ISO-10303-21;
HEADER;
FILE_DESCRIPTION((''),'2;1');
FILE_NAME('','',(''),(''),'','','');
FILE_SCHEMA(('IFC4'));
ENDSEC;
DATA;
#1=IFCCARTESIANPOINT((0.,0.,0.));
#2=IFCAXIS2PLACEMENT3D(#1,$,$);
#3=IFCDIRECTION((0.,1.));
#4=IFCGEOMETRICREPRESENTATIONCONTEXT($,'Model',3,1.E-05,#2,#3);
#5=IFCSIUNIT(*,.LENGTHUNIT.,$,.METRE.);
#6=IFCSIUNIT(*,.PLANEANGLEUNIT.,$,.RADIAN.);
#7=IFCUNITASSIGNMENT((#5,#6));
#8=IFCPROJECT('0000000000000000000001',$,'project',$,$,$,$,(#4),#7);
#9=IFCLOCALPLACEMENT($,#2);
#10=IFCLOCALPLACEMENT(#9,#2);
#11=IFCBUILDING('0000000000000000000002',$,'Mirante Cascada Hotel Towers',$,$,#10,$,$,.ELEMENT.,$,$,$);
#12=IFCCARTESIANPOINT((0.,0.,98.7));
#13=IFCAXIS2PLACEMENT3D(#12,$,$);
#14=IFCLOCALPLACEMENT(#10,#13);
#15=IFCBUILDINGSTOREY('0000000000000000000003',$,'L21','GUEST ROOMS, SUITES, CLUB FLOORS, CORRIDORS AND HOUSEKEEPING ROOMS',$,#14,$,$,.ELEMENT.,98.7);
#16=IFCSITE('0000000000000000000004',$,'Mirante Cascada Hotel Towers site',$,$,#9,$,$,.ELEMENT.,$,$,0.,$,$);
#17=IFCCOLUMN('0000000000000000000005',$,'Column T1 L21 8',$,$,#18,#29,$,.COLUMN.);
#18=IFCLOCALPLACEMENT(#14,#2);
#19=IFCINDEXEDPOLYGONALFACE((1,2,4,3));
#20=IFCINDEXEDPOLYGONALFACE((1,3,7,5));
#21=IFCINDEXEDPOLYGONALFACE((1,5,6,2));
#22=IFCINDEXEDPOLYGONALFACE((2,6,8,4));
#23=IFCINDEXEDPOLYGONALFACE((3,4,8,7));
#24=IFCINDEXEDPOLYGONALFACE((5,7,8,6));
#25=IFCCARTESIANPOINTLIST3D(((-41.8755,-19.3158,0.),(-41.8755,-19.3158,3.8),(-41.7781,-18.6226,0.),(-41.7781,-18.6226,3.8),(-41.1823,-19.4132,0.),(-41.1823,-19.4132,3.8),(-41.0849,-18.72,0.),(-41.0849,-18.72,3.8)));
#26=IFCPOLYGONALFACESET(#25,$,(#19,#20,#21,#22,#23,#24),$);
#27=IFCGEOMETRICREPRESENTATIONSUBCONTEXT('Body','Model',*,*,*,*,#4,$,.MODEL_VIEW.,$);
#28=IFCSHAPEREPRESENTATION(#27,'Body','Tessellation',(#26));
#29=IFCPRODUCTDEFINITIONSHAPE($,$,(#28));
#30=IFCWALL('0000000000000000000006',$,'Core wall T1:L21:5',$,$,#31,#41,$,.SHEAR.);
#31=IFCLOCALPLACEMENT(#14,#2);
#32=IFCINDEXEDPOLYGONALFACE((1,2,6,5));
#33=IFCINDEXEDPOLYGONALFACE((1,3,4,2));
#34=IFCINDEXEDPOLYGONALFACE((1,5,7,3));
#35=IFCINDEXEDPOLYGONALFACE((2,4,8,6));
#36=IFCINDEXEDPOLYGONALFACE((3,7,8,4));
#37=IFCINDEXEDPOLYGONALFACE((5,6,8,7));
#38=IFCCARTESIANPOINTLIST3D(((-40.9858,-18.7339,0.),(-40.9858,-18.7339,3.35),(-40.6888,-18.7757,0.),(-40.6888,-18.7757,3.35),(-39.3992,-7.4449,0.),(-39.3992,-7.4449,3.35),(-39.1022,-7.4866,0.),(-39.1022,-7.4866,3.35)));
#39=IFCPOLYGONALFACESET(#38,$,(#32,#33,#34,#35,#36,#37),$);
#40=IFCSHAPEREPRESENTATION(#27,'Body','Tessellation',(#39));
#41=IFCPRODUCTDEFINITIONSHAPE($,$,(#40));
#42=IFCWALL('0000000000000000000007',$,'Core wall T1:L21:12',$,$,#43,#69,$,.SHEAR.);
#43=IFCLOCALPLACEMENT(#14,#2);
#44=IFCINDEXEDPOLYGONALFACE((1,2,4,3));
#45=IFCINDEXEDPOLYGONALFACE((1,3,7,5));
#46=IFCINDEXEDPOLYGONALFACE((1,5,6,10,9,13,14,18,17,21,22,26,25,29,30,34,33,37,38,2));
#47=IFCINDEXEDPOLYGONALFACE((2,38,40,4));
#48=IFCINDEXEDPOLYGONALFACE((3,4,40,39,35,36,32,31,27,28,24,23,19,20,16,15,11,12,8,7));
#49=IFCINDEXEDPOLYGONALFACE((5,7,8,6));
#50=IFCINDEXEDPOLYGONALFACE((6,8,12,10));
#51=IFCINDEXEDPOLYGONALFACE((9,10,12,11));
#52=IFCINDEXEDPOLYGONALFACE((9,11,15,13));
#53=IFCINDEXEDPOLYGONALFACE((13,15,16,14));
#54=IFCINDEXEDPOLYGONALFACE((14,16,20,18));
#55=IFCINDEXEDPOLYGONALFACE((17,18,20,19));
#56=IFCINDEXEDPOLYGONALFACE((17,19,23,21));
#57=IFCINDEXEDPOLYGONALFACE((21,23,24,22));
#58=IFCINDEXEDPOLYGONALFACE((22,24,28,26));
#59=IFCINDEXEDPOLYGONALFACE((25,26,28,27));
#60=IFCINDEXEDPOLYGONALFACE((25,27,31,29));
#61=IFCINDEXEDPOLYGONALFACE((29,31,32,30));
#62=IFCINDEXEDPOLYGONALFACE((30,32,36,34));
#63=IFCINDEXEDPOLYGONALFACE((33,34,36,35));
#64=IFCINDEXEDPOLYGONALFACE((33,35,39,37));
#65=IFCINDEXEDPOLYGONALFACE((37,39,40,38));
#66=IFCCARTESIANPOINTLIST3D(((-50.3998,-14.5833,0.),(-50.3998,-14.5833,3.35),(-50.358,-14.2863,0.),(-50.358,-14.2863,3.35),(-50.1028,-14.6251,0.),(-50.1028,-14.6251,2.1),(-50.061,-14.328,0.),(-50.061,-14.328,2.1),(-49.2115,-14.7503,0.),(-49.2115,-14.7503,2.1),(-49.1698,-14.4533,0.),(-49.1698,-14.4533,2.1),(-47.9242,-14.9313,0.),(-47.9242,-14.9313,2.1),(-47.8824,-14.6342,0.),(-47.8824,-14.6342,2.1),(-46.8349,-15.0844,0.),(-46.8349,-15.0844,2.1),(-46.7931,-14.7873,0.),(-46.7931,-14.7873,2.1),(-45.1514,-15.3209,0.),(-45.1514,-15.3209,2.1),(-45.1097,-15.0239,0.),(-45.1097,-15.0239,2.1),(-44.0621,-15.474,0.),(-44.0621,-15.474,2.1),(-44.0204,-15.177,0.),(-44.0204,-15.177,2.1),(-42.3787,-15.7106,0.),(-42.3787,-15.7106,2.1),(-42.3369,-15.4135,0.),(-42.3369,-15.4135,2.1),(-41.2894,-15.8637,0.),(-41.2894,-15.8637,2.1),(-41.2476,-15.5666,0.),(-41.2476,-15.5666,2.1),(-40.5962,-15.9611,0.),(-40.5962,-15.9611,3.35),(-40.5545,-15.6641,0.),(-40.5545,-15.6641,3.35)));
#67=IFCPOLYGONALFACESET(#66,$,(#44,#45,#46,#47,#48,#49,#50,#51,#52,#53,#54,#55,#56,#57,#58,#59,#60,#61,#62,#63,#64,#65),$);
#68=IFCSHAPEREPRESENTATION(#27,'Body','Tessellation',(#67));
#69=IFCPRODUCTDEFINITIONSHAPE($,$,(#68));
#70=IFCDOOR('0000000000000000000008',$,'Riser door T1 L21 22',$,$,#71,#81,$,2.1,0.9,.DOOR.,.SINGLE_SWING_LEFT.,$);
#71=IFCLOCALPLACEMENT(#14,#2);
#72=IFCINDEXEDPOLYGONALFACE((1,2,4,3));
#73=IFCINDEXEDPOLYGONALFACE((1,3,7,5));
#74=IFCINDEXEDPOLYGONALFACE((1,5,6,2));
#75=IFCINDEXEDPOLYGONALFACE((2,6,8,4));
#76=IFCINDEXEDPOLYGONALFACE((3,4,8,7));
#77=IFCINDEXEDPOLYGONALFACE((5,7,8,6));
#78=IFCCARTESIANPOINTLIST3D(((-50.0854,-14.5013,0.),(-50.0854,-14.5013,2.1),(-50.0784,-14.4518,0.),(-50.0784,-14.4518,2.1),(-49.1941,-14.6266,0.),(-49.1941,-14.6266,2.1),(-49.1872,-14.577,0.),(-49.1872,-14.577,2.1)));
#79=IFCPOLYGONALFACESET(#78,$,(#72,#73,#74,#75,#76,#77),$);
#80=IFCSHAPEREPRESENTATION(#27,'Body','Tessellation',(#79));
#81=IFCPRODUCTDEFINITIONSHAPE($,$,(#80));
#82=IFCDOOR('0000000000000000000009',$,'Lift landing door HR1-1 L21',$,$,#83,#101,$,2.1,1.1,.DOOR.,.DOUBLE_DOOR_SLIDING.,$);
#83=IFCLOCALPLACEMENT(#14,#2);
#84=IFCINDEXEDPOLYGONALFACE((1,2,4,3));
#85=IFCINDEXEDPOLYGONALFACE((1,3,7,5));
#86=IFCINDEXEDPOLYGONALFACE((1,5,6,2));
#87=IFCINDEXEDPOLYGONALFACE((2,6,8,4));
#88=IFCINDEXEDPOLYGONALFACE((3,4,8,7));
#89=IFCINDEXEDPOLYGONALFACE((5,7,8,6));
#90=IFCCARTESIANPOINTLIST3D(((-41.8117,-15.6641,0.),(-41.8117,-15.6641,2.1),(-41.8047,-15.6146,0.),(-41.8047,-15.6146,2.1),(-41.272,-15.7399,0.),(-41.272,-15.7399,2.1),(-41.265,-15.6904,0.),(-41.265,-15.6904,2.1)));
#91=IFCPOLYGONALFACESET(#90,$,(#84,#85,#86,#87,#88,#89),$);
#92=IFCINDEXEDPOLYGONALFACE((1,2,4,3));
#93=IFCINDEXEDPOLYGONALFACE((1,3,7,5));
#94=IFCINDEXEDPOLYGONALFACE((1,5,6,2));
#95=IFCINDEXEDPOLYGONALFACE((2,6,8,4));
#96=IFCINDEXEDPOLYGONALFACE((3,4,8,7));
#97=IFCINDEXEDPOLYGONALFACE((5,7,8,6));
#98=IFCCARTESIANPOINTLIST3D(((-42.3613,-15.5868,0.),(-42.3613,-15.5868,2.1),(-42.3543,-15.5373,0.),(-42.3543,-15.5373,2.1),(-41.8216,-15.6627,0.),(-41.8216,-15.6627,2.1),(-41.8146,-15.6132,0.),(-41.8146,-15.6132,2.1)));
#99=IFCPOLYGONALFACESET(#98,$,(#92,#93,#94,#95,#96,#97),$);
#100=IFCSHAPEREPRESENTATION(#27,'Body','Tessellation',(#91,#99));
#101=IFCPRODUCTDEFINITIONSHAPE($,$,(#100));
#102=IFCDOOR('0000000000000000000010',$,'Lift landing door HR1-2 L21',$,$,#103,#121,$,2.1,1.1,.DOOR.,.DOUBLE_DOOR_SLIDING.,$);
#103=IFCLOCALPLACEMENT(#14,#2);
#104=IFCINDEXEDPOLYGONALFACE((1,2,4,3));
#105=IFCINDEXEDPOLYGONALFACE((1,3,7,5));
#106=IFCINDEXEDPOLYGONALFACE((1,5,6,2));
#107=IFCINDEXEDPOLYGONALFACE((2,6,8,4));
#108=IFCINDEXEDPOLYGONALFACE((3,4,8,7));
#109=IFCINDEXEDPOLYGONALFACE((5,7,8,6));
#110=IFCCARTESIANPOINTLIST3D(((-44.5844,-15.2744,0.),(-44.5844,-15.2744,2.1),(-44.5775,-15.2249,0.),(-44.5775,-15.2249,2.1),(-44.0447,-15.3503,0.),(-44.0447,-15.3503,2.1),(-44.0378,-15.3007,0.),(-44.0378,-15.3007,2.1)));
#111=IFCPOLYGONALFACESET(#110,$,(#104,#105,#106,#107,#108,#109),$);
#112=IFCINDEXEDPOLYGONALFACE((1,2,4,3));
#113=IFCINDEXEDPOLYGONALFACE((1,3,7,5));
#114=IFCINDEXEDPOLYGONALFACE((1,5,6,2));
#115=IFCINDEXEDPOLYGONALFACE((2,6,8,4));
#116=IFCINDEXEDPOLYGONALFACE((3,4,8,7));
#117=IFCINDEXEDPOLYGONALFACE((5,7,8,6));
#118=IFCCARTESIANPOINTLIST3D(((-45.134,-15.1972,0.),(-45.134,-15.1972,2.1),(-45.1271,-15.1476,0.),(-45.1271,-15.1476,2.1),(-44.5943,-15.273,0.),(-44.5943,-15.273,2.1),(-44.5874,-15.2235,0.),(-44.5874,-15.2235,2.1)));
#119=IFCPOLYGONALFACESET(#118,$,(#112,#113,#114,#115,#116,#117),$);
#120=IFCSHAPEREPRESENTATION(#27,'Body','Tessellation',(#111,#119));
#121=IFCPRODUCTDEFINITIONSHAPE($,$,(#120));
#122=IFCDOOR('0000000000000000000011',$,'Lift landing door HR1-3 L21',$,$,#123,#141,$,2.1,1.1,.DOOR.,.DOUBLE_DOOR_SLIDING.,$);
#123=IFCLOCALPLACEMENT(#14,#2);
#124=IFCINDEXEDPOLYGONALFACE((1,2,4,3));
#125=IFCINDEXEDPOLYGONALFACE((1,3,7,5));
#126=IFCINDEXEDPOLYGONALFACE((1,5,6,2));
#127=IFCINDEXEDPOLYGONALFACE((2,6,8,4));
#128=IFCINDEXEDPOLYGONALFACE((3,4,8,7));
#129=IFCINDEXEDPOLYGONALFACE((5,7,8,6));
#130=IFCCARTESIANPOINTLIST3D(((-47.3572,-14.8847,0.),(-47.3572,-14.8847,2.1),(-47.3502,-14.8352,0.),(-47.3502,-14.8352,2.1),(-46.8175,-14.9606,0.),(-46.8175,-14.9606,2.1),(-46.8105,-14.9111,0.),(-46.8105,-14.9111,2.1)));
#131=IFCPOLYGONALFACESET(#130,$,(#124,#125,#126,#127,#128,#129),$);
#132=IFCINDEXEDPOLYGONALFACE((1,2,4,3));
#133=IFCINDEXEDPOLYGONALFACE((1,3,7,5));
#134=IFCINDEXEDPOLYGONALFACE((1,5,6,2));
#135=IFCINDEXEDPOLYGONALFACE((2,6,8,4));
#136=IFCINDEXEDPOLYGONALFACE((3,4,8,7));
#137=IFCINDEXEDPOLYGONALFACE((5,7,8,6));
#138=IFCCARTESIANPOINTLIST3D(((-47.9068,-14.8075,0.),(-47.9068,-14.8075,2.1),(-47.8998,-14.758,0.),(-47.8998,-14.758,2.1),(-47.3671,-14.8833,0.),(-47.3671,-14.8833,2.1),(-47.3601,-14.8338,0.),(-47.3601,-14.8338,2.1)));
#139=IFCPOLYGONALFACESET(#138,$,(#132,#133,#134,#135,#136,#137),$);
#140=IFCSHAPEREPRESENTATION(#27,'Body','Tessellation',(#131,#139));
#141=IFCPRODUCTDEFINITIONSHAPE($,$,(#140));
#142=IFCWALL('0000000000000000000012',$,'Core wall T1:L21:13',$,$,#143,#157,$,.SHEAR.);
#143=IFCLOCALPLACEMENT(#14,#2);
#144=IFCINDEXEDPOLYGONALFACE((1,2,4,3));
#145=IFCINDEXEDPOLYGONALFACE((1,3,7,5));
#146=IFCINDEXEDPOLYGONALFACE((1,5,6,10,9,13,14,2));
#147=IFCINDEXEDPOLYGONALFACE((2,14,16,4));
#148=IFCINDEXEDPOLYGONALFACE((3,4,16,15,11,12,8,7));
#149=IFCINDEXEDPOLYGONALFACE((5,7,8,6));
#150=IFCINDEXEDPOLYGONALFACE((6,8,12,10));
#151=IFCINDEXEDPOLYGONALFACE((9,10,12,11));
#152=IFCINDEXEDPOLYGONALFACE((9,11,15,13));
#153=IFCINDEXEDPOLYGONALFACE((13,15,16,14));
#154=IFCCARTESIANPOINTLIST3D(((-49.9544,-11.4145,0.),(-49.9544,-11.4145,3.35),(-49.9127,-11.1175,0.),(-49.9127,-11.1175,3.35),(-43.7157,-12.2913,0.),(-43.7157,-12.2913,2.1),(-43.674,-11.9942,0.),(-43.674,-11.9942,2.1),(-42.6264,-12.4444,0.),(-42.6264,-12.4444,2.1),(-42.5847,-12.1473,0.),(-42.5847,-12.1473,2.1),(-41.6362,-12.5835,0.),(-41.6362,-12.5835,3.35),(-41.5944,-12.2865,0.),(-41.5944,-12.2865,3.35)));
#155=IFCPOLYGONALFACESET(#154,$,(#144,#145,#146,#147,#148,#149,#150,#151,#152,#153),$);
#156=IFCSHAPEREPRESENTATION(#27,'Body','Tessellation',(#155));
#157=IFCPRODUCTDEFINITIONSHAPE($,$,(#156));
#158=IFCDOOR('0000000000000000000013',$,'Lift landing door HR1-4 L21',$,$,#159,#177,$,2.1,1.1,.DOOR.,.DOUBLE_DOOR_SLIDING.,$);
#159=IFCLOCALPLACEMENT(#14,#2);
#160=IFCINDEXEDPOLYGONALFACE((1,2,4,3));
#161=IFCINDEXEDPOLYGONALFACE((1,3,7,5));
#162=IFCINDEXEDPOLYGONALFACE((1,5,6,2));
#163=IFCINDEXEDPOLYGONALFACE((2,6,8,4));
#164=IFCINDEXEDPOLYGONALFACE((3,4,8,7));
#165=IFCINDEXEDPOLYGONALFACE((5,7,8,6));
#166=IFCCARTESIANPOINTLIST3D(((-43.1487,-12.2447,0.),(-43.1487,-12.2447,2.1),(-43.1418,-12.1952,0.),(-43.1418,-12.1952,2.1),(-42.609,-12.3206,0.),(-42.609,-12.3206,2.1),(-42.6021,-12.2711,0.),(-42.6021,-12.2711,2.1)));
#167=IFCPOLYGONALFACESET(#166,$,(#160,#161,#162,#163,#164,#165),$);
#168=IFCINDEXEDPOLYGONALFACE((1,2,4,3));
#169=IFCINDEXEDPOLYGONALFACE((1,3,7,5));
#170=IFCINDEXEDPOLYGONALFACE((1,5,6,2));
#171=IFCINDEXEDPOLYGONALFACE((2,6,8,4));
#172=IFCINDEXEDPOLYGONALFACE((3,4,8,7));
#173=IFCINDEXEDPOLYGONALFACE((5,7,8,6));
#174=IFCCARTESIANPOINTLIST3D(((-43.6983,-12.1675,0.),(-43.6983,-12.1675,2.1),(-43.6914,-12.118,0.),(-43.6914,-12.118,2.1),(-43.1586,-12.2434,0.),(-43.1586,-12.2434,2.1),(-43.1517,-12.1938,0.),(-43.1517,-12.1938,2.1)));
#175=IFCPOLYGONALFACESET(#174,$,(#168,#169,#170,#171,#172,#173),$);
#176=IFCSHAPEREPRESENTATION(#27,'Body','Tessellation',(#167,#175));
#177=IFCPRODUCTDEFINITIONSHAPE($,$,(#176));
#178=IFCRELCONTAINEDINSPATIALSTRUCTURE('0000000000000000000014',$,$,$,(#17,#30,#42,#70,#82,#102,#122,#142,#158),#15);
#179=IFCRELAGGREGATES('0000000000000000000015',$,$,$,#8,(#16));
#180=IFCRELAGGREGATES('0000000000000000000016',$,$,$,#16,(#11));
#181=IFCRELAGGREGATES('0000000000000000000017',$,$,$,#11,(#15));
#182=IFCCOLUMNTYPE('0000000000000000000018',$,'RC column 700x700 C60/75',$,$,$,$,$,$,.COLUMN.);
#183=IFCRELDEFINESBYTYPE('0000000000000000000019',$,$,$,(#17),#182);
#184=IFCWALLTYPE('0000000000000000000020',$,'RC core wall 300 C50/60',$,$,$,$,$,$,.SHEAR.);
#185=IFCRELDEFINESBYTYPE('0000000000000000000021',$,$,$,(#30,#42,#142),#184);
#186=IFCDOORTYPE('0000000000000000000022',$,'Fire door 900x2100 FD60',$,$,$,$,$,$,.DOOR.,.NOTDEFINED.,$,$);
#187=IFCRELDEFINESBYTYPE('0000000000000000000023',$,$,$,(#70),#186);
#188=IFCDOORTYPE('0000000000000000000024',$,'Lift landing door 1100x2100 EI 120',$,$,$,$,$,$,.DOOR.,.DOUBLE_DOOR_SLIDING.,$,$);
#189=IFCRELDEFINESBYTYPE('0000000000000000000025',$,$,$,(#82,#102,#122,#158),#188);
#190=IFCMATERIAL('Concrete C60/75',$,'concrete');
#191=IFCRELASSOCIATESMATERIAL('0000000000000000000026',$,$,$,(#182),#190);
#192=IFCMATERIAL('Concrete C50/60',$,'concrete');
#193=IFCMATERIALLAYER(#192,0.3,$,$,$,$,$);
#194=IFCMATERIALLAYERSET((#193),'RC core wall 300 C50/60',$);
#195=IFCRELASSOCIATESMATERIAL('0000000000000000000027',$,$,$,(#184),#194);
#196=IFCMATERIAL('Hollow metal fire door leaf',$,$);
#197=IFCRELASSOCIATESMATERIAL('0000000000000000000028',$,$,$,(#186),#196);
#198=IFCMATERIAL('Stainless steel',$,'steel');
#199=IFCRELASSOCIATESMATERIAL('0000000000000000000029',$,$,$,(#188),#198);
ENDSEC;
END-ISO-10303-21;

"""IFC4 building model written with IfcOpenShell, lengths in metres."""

from ifc_helpers import new_model, si_unit, direction, frame, frame_2d, origin, origin_2d, place, context, subcontext, project, spatial, rectangle, extrude, material, layer, layer_set, material_profile, profile_set, type_object, element, fill, save


model = new_model("IFC4")

# Units and contexts
model_context = context("Model", 3, precision=1e-05, world=origin(), true_north=direction((0.0, 1.0)))
body_context = subcontext(model_context, "Body", "Model", "MODEL_VIEW")
ifc_project = project(units=[si_unit("LENGTHUNIT", "METRE"), si_unit("PLANEANGLEUNIT", "RADIAN")], contexts=[model_context])

# Site, building, storey
site_placement = place(None, origin())
site = spatial("IfcSite", under=ifc_project, at=site_placement, Name="Mirante Cascada Hotel Towers site", CompositionType="ELEMENT", RefElevation=0.0)
building_placement = place(site_placement, origin())
building = spatial("IfcBuilding", under=site, at=building_placement, Name="Mirante Cascada Hotel Towers", CompositionType="ELEMENT")
storey_placement = place(building_placement, frame((0.0, 0.0, 98.7)))
storey = spatial("IfcBuildingStorey", under=building, at=storey_placement, Name="L21", Description="GUEST ROOMS, SUITES, CLUB FLOORS, CORRIDORS AND HOUSEKEEPING ROOMS", CompositionType="ELEMENT", Elevation=98.7)

# Column
ifc_material_1 = material(Name="Concrete C60/75", Category="concrete")
ifc_material_profile = material_profile(ifc_material_1, rectangle(XDim=0.7, YDim=0.7, at=origin_2d()), Name="RC column 700x700 C60/75")
ifc_profile_set = profile_set([ifc_material_profile], Name="Concrete C60/75")
column_type = type_object("IfcColumnType", Name="RC column 700x700 C60/75", PredefinedType="COLUMN", material=ifc_profile_set)
column_placement = place(storey_placement, frame((-41.4802, -19.0179, 0.0), z_axis=(0.0, 0.0, 1.0), x_axis=(-0.990268, 0.139173, 0.0)))
element("IfcColumn", 1, at=column_placement, inside=storey, type_object=column_type, Name="Column T1 L21 8", PredefinedType="COLUMN", context=body_context, shape_type="SweptSolid", body=[
    extrude(rectangle(XDim=0.7, YDim=0.7, at=origin_2d()), origin(), (0.0, 0.0, 1.0), 3.8),
])

# Wall
ifc_material_2 = material(Name="Concrete C50/60", Category="concrete")
ifc_layer_1 = layer(ifc_material_2, 0.3)
ifc_layer_set_1 = layer_set([ifc_layer_1], Name="RC core wall 300 C50/60")
wall_type_1 = type_object("IfcWallType", Name="RC core wall 300 C50/60", PredefinedType="SHEAR", material=ifc_layer_set_1)
wall_1_placement = place(storey_placement, frame((-40.8373, -18.7548, 0.0), z_axis=(0.0, 0.0, 1.0), x_axis=(0.139175, 0.990268, 0.0)))
element("IfcWall", 2, at=wall_1_placement, inside=storey, type_object=wall_type_1, Name="Core wall T1:L21:5", PredefinedType="SHEAR", context=body_context, shape_type="SweptSolid", body=[
    extrude(rectangle(XDim=11.4, YDim=0.3, at=frame_2d((5.7, 0.0))), origin(), (0.0, 0.0, 1.0), 3.35),
])

# Wall, openings, doors
wall_2_placement = place(storey_placement, frame((-40.5753, -15.8126, 0.0), z_axis=(0.0, 0.0, 1.0), x_axis=(-0.990268, 0.139173, 0.0)))
wall_2 = element("IfcWall", 3, at=wall_2_placement, inside=storey, type_object=wall_type_1, Name="Core wall T1:L21:12", PredefinedType="SHEAR", context=body_context, shape_type="SweptSolid", body=[
    extrude(rectangle(XDim=9.8999, YDim=0.3, at=frame_2d((4.95, 0.0))), origin(), (0.0, 0.0, 1.0), 3.35),
])
opening_1_placement = place(wall_2_placement, frame((0.7, 0.0, 0.0)))
opening_1 = element("IfcOpeningElement", 4, at=opening_1_placement, cuts=wall_2, PredefinedType="OPENING", context=body_context, shape_type="SweptSolid", body=[
    extrude(rectangle(XDim=1.1, YDim=2.1, at=frame_2d((0.55, 1.05))), frame((0.0, 0.15, 0.0), z_axis=(0.0, -1.0, 0.0), x_axis=(1.0, 0.0, 0.0)), (0.0, 0.0, 1.0), 0.3),
])
opening_2_placement = place(wall_2_placement, frame((3.5, 0.0, 0.0)))
opening_2 = element("IfcOpeningElement", 5, at=opening_2_placement, cuts=wall_2, PredefinedType="OPENING", context=body_context, shape_type="SweptSolid", body=[
    extrude(rectangle(XDim=1.1, YDim=2.1, at=frame_2d((0.55, 1.05))), frame((0.0, 0.15, 0.0), z_axis=(0.0, -1.0, 0.0), x_axis=(1.0, 0.0, 0.0)), (0.0, 0.0, 1.0), 0.3),
])
opening_3_placement = place(wall_2_placement, frame((6.3, 0.0, 0.0)))
opening_3 = element("IfcOpeningElement", 6, at=opening_3_placement, cuts=wall_2, PredefinedType="OPENING", context=body_context, shape_type="SweptSolid", body=[
    extrude(rectangle(XDim=1.1, YDim=2.1, at=frame_2d((0.55, 1.05))), frame((0.0, 0.15, 0.0), z_axis=(0.0, -1.0, 0.0), x_axis=(1.0, 0.0, 0.0)), (0.0, 0.0, 1.0), 0.3),
])
opening_4_placement = place(wall_2_placement, frame((8.7, 0.0, 0.0)))
opening_4 = element("IfcOpeningElement", 7, at=opening_4_placement, cuts=wall_2, PredefinedType="OPENING", context=body_context, shape_type="SweptSolid", body=[
    extrude(rectangle(XDim=0.9, YDim=2.1, at=frame_2d((0.45, 1.05))), frame((0.0, 0.15, 0.0), z_axis=(0.0, -1.0, 0.0), x_axis=(1.0, 0.0, 0.0)), (0.0, 0.0, 1.0), 0.3),
])
ifc_material_3 = material(Name="Hollow metal fire door leaf")
door_type_1 = type_object("IfcDoorType", Name="Fire door 900x2100 FD60", OperationType="NOTDEFINED", PredefinedType="DOOR", material=ifc_material_3)
door_1_placement = place(opening_4_placement, origin())
door_1 = element("IfcDoor", 8, at=door_1_placement, inside=storey, type_object=door_type_1, Name="Riser door T1 L21 22", OperationType="SINGLE_SWING_LEFT", OverallHeight=2.1, OverallWidth=0.9, PredefinedType="DOOR", context=body_context, shape_type="SweptSolid", body=[
    extrude(rectangle(XDim=0.9, YDim=2.1, at=frame_2d((0.45, 1.05))), frame((0.0, 0.025, 0.0), z_axis=(0.0, -1.0, 0.0), x_axis=(1.0, 0.0, 0.0)), (0.0, 0.0, 1.0), 0.05),
])
fill(opening_4, door_1)
ifc_material_4 = material(Name="Stainless steel", Category="steel")
door_type_2 = type_object("IfcDoorType", Name="Lift landing door 1100x2100 EI 120", OperationType="DOUBLE_DOOR_SLIDING", PredefinedType="DOOR", material=ifc_material_4)
door_2_placement = place(opening_1_placement, origin())
door_2 = element("IfcDoor", 9, at=door_2_placement, inside=storey, type_object=door_type_2, Name="Lift landing door HR1-1 L21", OperationType="DOUBLE_DOOR_SLIDING", OverallHeight=2.1, OverallWidth=1.1, PredefinedType="DOOR", context=body_context, shape_type="SweptSolid", body=[
    extrude(rectangle(XDim=0.545, YDim=2.1, at=frame_2d((0.2725, 1.05))), frame((0.0, 0.025, 0.0), z_axis=(0.0, -1.0, 0.0), x_axis=(1.0, 0.0, 0.0)), (0.0, 0.0, 1.0), 0.05),
    extrude(rectangle(XDim=0.545, YDim=2.1, at=frame_2d((0.8275, 1.05))), frame((0.0, 0.025, 0.0), z_axis=(0.0, -1.0, 0.0), x_axis=(1.0, 0.0, 0.0)), (0.0, 0.0, 1.0), 0.05),
])
fill(opening_1, door_2)
door_3_placement = place(opening_2_placement, origin())
door_3 = element("IfcDoor", 10, at=door_3_placement, inside=storey, type_object=door_type_2, Name="Lift landing door HR1-2 L21", OperationType="DOUBLE_DOOR_SLIDING", OverallHeight=2.1, OverallWidth=1.1, PredefinedType="DOOR", context=body_context, shape_type="SweptSolid", body=[
    extrude(rectangle(XDim=0.545, YDim=2.1, at=frame_2d((0.2725, 1.05))), frame((0.0, 0.025, 0.0), z_axis=(0.0, -1.0, 0.0), x_axis=(1.0, 0.0, 0.0)), (0.0, 0.0, 1.0), 0.05),
    extrude(rectangle(XDim=0.545, YDim=2.1, at=frame_2d((0.8275, 1.05))), frame((0.0, 0.025, 0.0), z_axis=(0.0, -1.0, 0.0), x_axis=(1.0, 0.0, 0.0)), (0.0, 0.0, 1.0), 0.05),
])
fill(opening_2, door_3)
door_4_placement = place(opening_3_placement, origin())
door_4 = element("IfcDoor", 11, at=door_4_placement, inside=storey, type_object=door_type_2, Name="Lift landing door HR1-3 L21", OperationType="DOUBLE_DOOR_SLIDING", OverallHeight=2.1, OverallWidth=1.1, PredefinedType="DOOR", context=body_context, shape_type="SweptSolid", body=[
    extrude(rectangle(XDim=0.545, YDim=2.1, at=frame_2d((0.2725, 1.05))), frame((0.0, 0.025, 0.0), z_axis=(0.0, -1.0, 0.0), x_axis=(1.0, 0.0, 0.0)), (0.0, 0.0, 1.0), 0.05),
    extrude(rectangle(XDim=0.545, YDim=2.1, at=frame_2d((0.8275, 1.05))), frame((0.0, 0.025, 0.0), z_axis=(0.0, -1.0, 0.0), x_axis=(1.0, 0.0, 0.0)), (0.0, 0.0, 1.0), 0.05),
])
fill(opening_3, door_4)

# Wall, opening, door
wall_3_placement = place(storey_placement, frame((-41.6153, -12.435, 0.0), z_axis=(0.0, 0.0, 1.0), x_axis=(-0.990269, 0.139166, 0.0)))
wall_3 = element("IfcWall", 12, at=wall_3_placement, inside=storey, type_object=wall_type_1, Name="Core wall T1:L21:13", PredefinedType="SHEAR", context=body_context, shape_type="SweptSolid", body=[
    extrude(rectangle(XDim=8.4, YDim=0.3, at=frame_2d((4.2, 0.0))), origin(), (0.0, 0.0, 1.0), 3.35),
])
opening_5_placement = place(wall_3_placement, frame((1.0, 0.0, 0.0)))
opening_5 = element("IfcOpeningElement", 13, at=opening_5_placement, cuts=wall_3, PredefinedType="OPENING", context=body_context, shape_type="SweptSolid", body=[
    extrude(rectangle(XDim=1.1, YDim=2.1, at=frame_2d((0.55, 1.05))), frame((0.0, 0.15, 0.0), z_axis=(0.0, -1.0, 0.0), x_axis=(1.0, 0.0, 0.0)), (0.0, 0.0, 1.0), 0.3),
])
door_5_placement = place(opening_5_placement, origin())
door_5 = element("IfcDoor", 14, at=door_5_placement, inside=storey, type_object=door_type_2, Name="Lift landing door HR1-4 L21", OperationType="DOUBLE_DOOR_SLIDING", OverallHeight=2.1, OverallWidth=1.1, PredefinedType="DOOR", context=body_context, shape_type="SweptSolid", body=[
    extrude(rectangle(XDim=0.545, YDim=2.1, at=frame_2d((0.2725, 1.05))), frame((0.0, 0.025, 0.0), z_axis=(0.0, -1.0, 0.0), x_axis=(1.0, 0.0, 0.0)), (0.0, 0.0, 1.0), 0.05),
    extrude(rectangle(XDim=0.545, YDim=2.1, at=frame_2d((0.8275, 1.05))), frame((0.0, 0.025, 0.0), z_axis=(0.0, -1.0, 0.0), x_axis=(1.0, 0.0, 0.0)), (0.0, 0.0, 1.0), 0.05),
])
fill(opening_5, door_5)

save(model, "model.ifc")
